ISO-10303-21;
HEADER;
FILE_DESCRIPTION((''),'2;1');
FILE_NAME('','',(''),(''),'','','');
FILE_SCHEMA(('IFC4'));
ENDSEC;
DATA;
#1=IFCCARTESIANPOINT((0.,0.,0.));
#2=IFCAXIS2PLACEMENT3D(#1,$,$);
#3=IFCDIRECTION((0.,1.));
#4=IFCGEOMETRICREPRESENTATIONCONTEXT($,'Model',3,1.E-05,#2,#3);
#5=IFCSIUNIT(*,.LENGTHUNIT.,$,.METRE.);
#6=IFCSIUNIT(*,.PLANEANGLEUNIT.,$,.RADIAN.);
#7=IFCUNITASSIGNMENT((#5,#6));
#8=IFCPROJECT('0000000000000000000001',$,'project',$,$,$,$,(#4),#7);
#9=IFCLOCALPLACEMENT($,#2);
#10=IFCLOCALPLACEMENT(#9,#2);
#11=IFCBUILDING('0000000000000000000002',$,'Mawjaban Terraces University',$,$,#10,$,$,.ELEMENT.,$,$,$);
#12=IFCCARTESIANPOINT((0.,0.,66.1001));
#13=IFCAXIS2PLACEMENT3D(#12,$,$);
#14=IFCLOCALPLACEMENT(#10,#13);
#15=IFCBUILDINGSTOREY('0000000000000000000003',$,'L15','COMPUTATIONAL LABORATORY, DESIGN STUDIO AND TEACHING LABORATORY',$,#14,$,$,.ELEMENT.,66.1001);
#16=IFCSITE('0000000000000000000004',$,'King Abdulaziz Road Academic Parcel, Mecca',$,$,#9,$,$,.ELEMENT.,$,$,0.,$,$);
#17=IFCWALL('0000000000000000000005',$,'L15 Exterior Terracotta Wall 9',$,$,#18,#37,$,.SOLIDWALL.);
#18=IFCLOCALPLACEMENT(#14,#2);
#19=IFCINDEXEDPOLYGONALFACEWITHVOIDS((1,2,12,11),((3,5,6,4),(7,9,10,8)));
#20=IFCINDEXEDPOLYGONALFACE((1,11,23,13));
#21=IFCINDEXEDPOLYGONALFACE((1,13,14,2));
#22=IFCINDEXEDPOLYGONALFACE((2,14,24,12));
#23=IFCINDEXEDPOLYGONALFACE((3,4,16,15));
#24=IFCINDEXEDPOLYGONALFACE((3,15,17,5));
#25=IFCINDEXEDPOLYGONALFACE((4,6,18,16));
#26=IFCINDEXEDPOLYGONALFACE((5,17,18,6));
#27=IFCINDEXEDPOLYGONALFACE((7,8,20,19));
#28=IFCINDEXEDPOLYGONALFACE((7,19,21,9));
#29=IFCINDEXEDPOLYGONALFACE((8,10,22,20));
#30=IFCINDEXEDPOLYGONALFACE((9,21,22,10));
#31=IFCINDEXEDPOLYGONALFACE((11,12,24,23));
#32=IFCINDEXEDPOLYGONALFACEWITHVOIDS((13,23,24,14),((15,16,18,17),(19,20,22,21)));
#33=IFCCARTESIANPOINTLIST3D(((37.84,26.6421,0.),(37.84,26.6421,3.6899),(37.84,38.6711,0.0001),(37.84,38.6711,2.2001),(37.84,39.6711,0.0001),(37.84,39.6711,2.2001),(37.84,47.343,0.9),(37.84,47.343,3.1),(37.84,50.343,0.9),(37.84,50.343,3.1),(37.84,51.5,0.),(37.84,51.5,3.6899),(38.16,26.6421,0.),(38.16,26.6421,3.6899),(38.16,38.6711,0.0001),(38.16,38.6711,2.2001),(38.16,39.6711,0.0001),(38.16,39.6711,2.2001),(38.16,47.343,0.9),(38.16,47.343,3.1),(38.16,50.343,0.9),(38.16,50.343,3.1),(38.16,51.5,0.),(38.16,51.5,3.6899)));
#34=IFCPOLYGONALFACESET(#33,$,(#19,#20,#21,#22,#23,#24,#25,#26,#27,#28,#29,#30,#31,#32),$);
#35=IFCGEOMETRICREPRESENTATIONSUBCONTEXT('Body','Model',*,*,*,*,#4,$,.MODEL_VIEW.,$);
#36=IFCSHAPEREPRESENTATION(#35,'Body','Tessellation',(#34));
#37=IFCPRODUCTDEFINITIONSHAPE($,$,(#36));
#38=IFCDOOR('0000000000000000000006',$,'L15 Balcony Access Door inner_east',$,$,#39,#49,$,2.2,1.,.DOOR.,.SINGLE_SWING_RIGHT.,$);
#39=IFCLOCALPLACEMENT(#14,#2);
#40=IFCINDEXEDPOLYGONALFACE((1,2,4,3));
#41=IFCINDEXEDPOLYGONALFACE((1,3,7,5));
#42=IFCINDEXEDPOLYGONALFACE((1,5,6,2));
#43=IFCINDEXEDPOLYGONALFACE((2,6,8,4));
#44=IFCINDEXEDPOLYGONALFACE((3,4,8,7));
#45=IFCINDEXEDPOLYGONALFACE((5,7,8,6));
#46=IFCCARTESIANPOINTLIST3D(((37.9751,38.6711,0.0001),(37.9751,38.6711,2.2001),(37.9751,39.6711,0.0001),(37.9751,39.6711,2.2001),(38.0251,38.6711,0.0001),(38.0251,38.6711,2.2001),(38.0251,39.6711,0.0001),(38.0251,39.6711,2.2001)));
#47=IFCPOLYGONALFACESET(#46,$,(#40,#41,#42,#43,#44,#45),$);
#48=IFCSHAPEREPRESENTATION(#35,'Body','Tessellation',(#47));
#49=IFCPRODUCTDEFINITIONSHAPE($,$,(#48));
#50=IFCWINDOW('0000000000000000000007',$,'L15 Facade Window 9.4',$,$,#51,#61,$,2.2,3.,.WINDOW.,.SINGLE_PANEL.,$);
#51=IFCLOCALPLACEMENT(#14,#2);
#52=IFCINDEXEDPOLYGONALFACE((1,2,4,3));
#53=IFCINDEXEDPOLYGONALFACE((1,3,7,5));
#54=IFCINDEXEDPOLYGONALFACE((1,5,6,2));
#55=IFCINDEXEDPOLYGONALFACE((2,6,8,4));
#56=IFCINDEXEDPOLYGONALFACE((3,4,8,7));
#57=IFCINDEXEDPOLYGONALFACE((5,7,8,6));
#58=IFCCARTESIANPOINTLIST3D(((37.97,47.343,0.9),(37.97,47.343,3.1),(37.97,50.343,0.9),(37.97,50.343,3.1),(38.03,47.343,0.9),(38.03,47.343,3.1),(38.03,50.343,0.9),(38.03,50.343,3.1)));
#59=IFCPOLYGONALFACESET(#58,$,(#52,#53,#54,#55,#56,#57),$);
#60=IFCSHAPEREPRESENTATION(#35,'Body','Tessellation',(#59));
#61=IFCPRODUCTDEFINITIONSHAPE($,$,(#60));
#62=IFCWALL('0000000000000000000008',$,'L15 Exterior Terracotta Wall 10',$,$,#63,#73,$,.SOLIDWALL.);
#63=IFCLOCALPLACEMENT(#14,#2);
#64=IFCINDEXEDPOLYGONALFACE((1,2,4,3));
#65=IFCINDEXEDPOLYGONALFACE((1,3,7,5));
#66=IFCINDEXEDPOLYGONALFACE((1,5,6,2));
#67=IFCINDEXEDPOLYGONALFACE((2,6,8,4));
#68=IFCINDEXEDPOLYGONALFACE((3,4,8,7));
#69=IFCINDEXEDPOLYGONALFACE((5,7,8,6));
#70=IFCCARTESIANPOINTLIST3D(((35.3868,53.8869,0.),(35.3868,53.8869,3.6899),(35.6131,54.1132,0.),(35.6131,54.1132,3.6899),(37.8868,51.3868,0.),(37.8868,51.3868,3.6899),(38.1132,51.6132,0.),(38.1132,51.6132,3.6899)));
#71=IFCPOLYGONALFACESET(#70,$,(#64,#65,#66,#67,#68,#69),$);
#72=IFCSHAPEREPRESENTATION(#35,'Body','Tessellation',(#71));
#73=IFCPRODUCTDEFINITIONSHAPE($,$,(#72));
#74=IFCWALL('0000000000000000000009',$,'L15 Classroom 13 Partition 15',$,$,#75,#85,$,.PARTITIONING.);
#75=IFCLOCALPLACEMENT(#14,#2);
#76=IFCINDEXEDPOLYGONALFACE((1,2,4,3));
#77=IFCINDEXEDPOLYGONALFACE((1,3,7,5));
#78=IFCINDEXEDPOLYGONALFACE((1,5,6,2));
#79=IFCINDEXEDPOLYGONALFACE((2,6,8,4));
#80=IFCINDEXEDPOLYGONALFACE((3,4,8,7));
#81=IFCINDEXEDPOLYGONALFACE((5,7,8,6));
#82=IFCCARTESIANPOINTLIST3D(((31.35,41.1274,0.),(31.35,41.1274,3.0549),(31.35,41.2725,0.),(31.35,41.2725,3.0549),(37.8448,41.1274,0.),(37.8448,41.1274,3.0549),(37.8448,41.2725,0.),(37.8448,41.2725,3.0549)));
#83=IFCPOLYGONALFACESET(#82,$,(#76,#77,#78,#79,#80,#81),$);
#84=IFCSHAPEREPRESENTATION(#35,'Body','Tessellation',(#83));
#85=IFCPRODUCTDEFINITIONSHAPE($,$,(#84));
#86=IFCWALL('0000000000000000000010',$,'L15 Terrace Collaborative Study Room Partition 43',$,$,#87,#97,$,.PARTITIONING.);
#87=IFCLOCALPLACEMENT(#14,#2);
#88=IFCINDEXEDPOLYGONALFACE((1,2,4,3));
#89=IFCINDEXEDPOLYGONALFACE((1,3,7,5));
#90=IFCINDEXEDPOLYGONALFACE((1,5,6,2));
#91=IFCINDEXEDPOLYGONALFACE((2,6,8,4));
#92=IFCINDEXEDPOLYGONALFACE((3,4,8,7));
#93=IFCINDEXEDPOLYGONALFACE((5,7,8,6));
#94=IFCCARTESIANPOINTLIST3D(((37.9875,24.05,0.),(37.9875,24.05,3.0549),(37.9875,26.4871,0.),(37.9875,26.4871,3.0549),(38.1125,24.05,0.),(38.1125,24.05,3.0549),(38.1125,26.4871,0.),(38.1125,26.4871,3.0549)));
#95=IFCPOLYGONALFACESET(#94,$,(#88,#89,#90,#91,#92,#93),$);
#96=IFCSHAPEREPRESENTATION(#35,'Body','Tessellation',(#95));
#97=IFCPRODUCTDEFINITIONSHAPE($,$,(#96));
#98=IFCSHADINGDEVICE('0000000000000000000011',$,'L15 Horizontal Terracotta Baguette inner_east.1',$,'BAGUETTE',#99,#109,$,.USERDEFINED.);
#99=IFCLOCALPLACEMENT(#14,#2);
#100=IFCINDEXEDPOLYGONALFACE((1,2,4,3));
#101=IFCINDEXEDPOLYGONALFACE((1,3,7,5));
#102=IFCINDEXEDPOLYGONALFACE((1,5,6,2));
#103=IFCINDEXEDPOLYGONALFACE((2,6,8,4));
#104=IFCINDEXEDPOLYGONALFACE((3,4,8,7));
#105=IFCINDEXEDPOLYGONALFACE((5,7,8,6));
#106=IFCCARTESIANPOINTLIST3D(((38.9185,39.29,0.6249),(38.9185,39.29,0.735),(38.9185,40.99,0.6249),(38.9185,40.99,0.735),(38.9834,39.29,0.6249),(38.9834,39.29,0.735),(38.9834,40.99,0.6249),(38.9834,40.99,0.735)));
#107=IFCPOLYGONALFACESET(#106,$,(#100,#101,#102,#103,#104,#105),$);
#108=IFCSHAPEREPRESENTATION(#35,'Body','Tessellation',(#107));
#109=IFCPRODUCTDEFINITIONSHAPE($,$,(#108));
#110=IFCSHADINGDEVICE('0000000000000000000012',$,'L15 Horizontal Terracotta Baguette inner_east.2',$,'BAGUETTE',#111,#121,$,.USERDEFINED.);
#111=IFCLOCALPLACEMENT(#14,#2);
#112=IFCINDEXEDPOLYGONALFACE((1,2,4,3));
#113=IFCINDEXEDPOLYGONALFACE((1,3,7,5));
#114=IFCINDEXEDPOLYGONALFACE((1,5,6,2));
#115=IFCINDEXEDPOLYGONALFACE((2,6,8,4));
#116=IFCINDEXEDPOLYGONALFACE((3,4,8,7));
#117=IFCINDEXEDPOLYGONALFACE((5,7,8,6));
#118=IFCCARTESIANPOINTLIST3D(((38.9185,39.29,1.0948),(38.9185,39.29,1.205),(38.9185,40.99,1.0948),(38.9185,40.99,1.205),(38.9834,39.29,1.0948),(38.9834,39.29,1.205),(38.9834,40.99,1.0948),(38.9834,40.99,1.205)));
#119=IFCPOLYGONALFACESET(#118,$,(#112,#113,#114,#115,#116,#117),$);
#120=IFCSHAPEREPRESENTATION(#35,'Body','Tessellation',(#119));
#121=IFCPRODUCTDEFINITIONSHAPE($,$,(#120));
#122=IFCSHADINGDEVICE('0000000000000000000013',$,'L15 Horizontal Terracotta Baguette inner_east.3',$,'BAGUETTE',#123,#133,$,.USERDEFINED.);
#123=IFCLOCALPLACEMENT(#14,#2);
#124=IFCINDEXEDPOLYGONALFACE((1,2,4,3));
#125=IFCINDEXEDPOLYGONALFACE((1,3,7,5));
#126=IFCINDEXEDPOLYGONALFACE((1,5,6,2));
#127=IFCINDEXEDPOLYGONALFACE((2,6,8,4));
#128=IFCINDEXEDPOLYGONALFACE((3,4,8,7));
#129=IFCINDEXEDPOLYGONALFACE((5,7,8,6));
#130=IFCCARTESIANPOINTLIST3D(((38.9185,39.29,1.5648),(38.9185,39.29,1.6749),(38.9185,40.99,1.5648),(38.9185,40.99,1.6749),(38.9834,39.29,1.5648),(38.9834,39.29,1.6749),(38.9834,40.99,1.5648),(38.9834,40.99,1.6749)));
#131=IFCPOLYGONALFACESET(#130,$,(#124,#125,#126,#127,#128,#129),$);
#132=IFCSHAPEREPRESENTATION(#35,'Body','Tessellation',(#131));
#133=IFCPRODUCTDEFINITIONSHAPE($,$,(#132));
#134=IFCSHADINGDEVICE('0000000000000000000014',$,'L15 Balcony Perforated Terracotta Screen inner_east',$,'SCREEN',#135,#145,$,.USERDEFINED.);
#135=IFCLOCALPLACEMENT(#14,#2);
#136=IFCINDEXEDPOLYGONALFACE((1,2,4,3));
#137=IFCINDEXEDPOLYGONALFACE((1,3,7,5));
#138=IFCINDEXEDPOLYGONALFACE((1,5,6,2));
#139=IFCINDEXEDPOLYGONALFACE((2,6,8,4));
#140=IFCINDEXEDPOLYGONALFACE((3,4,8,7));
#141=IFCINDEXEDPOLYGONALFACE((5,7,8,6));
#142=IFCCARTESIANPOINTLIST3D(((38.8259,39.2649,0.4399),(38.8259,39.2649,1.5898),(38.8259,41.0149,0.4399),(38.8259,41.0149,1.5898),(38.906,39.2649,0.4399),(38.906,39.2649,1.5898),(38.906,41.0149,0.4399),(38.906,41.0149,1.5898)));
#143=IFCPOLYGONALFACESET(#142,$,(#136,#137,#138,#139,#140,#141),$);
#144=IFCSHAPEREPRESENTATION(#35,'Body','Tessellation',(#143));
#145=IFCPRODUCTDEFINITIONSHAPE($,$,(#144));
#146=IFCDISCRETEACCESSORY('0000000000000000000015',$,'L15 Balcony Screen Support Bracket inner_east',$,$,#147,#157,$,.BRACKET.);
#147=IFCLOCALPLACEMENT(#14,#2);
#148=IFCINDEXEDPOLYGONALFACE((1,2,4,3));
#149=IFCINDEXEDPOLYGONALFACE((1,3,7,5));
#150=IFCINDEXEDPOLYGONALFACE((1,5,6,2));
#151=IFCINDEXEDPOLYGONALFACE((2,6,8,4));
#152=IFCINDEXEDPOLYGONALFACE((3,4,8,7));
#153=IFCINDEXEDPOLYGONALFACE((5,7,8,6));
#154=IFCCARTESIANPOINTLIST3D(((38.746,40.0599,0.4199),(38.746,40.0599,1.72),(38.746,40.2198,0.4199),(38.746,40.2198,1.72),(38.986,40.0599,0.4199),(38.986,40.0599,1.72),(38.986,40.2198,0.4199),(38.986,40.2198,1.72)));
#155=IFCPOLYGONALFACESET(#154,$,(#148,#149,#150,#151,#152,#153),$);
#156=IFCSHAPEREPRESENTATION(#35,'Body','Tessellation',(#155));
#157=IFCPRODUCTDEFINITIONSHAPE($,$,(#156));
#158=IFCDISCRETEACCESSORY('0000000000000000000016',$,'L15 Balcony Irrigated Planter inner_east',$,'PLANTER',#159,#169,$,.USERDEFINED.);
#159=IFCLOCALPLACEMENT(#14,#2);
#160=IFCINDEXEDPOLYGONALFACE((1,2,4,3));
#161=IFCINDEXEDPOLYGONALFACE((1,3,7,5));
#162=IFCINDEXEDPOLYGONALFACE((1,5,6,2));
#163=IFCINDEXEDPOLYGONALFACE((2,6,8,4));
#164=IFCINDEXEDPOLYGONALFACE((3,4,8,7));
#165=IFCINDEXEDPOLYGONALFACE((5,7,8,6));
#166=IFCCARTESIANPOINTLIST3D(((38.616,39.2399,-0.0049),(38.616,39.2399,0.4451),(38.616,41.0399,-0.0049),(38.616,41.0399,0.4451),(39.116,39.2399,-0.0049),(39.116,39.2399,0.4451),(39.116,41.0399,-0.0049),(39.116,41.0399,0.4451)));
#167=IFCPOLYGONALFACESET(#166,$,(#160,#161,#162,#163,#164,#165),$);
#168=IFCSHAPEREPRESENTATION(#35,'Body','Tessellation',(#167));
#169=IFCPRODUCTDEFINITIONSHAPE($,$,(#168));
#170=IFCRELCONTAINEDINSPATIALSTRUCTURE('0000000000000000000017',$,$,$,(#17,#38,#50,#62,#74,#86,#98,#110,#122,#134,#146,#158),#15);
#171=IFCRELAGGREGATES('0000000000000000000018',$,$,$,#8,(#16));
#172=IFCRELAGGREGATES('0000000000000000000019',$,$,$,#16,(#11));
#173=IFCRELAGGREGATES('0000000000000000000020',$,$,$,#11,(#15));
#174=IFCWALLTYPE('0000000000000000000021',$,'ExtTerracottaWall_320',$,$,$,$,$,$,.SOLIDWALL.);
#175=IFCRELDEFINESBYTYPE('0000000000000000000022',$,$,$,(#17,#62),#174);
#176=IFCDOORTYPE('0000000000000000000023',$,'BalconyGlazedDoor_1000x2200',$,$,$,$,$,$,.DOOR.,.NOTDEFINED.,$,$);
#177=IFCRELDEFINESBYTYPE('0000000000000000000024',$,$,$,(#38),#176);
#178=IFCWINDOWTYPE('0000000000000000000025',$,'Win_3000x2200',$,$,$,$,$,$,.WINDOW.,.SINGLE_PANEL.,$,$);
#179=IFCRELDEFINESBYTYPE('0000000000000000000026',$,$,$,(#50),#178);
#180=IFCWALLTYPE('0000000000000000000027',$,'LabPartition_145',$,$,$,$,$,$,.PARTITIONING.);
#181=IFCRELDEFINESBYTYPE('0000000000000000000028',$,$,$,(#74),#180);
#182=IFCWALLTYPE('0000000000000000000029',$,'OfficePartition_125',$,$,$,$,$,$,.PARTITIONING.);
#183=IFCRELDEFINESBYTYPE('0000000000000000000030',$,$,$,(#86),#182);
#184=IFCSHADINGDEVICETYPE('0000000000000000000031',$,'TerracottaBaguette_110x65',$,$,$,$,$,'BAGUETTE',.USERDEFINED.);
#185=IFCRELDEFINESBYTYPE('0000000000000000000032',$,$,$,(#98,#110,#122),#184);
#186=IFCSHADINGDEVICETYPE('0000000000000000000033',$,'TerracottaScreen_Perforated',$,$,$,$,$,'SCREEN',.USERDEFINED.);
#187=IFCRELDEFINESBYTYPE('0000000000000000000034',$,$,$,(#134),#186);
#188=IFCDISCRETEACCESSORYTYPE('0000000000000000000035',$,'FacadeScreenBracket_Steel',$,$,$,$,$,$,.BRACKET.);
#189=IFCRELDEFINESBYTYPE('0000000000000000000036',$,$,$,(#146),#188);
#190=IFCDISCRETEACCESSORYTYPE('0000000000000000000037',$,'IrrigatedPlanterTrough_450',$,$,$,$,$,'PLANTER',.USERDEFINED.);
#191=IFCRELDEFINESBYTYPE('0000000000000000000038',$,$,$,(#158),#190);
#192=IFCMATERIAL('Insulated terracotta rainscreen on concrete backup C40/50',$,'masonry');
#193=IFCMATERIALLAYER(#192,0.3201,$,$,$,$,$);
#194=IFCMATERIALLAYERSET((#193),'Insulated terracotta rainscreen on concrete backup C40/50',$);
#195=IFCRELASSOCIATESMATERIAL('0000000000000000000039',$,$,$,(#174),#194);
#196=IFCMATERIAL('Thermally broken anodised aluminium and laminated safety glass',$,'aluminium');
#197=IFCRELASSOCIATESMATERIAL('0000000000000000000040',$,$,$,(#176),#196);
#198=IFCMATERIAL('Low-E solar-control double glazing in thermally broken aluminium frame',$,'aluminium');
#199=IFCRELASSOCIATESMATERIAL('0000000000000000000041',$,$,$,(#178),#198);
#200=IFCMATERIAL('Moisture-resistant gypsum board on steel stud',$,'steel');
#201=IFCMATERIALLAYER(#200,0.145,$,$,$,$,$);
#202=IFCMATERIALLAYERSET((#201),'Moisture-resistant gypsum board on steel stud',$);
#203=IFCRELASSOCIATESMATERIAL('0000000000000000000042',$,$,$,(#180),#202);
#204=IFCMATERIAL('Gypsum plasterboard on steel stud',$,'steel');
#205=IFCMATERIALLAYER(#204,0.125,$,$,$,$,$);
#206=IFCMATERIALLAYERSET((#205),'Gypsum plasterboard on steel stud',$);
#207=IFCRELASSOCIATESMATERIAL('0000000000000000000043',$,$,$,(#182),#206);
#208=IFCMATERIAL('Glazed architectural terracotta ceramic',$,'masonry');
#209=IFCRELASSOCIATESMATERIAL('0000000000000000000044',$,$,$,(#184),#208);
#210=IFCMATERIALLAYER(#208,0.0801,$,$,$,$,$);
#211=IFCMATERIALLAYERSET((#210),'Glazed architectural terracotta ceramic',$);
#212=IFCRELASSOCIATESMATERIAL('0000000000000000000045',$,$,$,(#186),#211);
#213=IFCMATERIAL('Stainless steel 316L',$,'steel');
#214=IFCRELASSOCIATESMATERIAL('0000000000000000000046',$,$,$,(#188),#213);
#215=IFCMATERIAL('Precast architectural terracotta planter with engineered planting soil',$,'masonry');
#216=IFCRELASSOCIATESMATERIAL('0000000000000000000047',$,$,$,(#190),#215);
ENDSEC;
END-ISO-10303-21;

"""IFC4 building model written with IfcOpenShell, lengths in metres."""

from ifc_helpers import new_model, si_unit, direction, frame, frame_2d, origin, origin_2d, place, context, subcontext, project, spatial, rectangle, extrude, material, layer, layer_set, material_profile, profile_set, type_object, element, fill, save


model = new_model("IFC4")

# Units and contexts
model_context = context("Model", 3, precision=1e-05, world=origin(), true_north=direction((0.0, 1.0)))
body_context = subcontext(model_context, "Body", "Model", "MODEL_VIEW")
ifc_project = project(units=[si_unit("LENGTHUNIT", "METRE"), si_unit("PLANEANGLEUNIT", "RADIAN")], contexts=[model_context])

# Site, building, storey
site_placement = place(None, origin())
site = spatial("IfcSite", under=ifc_project, at=site_placement, Name="King Abdulaziz Road Academic Parcel, Mecca", CompositionType="ELEMENT", RefElevation=0.0)
building_placement = place(site_placement, origin())
building = spatial("IfcBuilding", under=site, at=building_placement, Name="Mawjaban Terraces University", CompositionType="ELEMENT")
storey_placement = place(building_placement, frame((0.0, 0.0, 66.1001)))
storey = spatial("IfcBuildingStorey", under=building, at=storey_placement, Name="L15", Description="COMPUTATIONAL LABORATORY, DESIGN STUDIO AND TEACHING LABORATORY", CompositionType="ELEMENT", Elevation=66.1001)

# Wall, openings, door, window
ifc_material_1 = material(Name="Insulated terracotta rainscreen on concrete backup C40/50", Category="masonry")
ifc_layer_1 = layer(ifc_material_1, 0.3201)
ifc_layer_set_1 = layer_set([ifc_layer_1], Name="Insulated terracotta rainscreen on concrete backup C40/50")
wall_type_1 = type_object("IfcWallType", Name="ExtTerracottaWall_320", PredefinedType="SOLIDWALL", material=ifc_layer_set_1)
wall_1_placement = place(storey_placement, frame((38.0, 26.6421, 0.0), z_axis=(0.0, 0.0, 1.0), x_axis=(0.0, 1.0, 0.0)))
wall_1 = element("IfcWall", 1, at=wall_1_placement, inside=storey, type_object=wall_type_1, Name="L15 Exterior Terracotta Wall 9", PredefinedType="SOLIDWALL", context=body_context, shape_type="SweptSolid", body=[
    extrude(rectangle(XDim=24.8579, YDim=0.3201, at=frame_2d((12.429, 0.0))), origin(), (0.0, 0.0, 1.0), 3.6899),
])
opening_1_placement = place(wall_1_placement, frame((12.0291, 0.0, 0.0)))
opening_1 = element("IfcOpeningElement", 2, at=opening_1_placement, cuts=wall_1, PredefinedType="OPENING", context=body_context, shape_type="SweptSolid", body=[
    extrude(rectangle(XDim=1.0, YDim=2.2, at=frame_2d((0.5, 1.1001))), frame((0.0, 0.1699, 0.0), z_axis=(0.0, -1.0, 0.0), x_axis=(1.0, 0.0, 0.0)), (0.0, 0.0, 1.0), 0.3401),
])
opening_2_placement = place(wall_1_placement, frame((20.7009, 0.0, 0.8999)))
opening_2 = element("IfcOpeningElement", 3, at=opening_2_placement, cuts=wall_1, PredefinedType="OPENING", context=body_context, shape_type="SweptSolid", body=[
    extrude(rectangle(XDim=3.0, YDim=2.2, at=frame_2d((1.5, 1.1001))), frame((0.0, 0.1699, 0.0), z_axis=(0.0, -1.0, 0.0), x_axis=(1.0, 0.0, 0.0)), (0.0, 0.0, 1.0), 0.3401),
])
ifc_material_2 = material(Name="Thermally broken anodised aluminium and laminated safety glass", Category="aluminium")
door_type = type_object("IfcDoorType", Name="BalconyGlazedDoor_1000x2200", OperationType="NOTDEFINED", PredefinedType="DOOR", material=ifc_material_2)
door_placement = place(opening_1_placement, origin())
door = element("IfcDoor", 4, at=door_placement, inside=storey, type_object=door_type, Name="L15 Balcony Access Door inner_east", OperationType="SINGLE_SWING_RIGHT", OverallHeight=2.2, OverallWidth=1.0, PredefinedType="DOOR", context=body_context, shape_type="SweptSolid", body=[
    extrude(rectangle(XDim=1.0, YDim=2.2, at=frame_2d((0.5, 1.1001))), frame((0.0, 0.0249, 0.0), z_axis=(0.0, -1.0, 0.0), x_axis=(1.0, 0.0, 0.0)), (0.0, 0.0, 1.0), 0.05),
])
fill(opening_1, door)
ifc_material_3 = material(Name="Low-E solar-control double glazing in thermally broken aluminium frame", Category="aluminium")
window_type = type_object("IfcWindowType", Name="Win_3000x2200", PartitioningType="SINGLE_PANEL", PredefinedType="WINDOW", material=ifc_material_3)
window_placement = place(opening_2_placement, origin())
window = element("IfcWindow", 5, at=window_placement, inside=storey, type_object=window_type, Name="L15 Facade Window 9.4", OverallHeight=2.2, OverallWidth=3.0, PartitioningType="SINGLE_PANEL", PredefinedType="WINDOW", context=body_context, shape_type="SweptSolid", body=[
    extrude(rectangle(XDim=3.0, YDim=2.2, at=frame_2d((1.5, 1.1001))), frame((0.0, 0.03, 0.0), z_axis=(0.0, -1.0, 0.0), x_axis=(1.0, 0.0, 0.0)), (0.0, 0.0, 1.0), 0.0601),
])
fill(opening_2, window)

# Walls
wall_2_placement = place(storey_placement, frame((38.0, 51.5, 0.0), z_axis=(0.0, 0.0, 1.0), x_axis=(-0.707107, 0.707107, 0.0)))
element("IfcWall", 6, at=wall_2_placement, inside=storey, type_object=wall_type_1, Name="L15 Exterior Terracotta Wall 10", PredefinedType="SOLIDWALL", context=body_context, shape_type="SweptSolid", body=[
    extrude(rectangle(XDim=3.5356, YDim=0.3201, at=frame_2d((1.7678, 0.0))), origin(), (0.0, 0.0, 1.0), 3.6899),
])
ifc_material_4 = material(Name="Moisture-resistant gypsum board on steel stud", Category="steel")
ifc_layer_2 = layer(ifc_material_4, 0.145)
ifc_layer_set_2 = layer_set([ifc_layer_2], Name="Moisture-resistant gypsum board on steel stud")
wall_type_2 = type_object("IfcWallType", Name="LabPartition_145", PredefinedType="PARTITIONING", material=ifc_layer_set_2)
wall_3_placement = place(storey_placement, frame((37.845, 41.2, 0.0), z_axis=(0.0, 0.0, 1.0), x_axis=(-1.0, 0.0, 0.0)))
element("IfcWall", 7, at=wall_3_placement, inside=storey, type_object=wall_type_2, Name="L15 Classroom 13 Partition 15", PredefinedType="PARTITIONING", context=body_context, shape_type="SweptSolid", body=[
    extrude(rectangle(XDim=6.4949, YDim=0.145, at=frame_2d((3.2476, 0.0))), origin(), (0.0, 0.0, 1.0), 3.0549),
])
ifc_material_5 = material(Name="Gypsum plasterboard on steel stud", Category="steel")
ifc_layer_3 = layer(ifc_material_5, 0.125)
ifc_layer_set_3 = layer_set([ifc_layer_3], Name="Gypsum plasterboard on steel stud")
wall_type_3 = type_object("IfcWallType", Name="OfficePartition_125", PredefinedType="PARTITIONING", material=ifc_layer_set_3)
wall_4_placement = place(storey_placement, frame((38.05, 26.4871, 0.0), z_axis=(0.0, 0.0, 1.0), x_axis=(0.0, -1.0, 0.0)))
element("IfcWall", 8, at=wall_4_placement, inside=storey, type_object=wall_type_3, Name="L15 Terrace Collaborative Study Room Partition 43", PredefinedType="PARTITIONING", context=body_context, shape_type="SweptSolid", body=[
    extrude(rectangle(XDim=2.437, YDim=0.125, at=frame_2d((1.2185, 0.0))), origin(), (0.0, 0.0, 1.0), 3.0549),
])

# Shading devices
ifc_material_6 = material(Name="Glazed architectural terracotta ceramic", Category="masonry")
ifc_material_profile_1 = material_profile(ifc_material_6, rectangle(XDim=0.0649, YDim=0.1101, at=origin_2d()), Name="TBAG110X65")
ifc_profile_set_1 = profile_set([ifc_material_profile_1], Name="Glazed architectural terracotta ceramic")
shading_device_type_1 = type_object("IfcShadingDeviceType", Name="TerracottaBaguette_110x65", ElementType="BAGUETTE", PredefinedType="USERDEFINED", material=ifc_profile_set_1)
for number, where, z_axis, x_axis, name in (
    (9, (38.9509, 39.29, 0.6799), (0.0, 1.0, 0.0), (-1.0, 0.0, 0.0), "L15 Horizontal Terracotta Baguette inner_east.1"),
    (10, (38.9509, 39.29, 1.1499), (0.0, 1.0, 0.0), (-1.0, 0.0, 0.0), "L15 Horizontal Terracotta Baguette inner_east.2"),
    (11, (38.9509, 39.29, 1.6199), (0.0, 1.0, 0.0), (-1.0, 0.0, 0.0), "L15 Horizontal Terracotta Baguette inner_east.3"),
):
    element("IfcShadingDevice", number, at=place(storey_placement, frame(where, z_axis=z_axis, x_axis=x_axis)), inside=storey, type_object=shading_device_type_1, Name=name, ObjectType="BAGUETTE", PredefinedType="USERDEFINED", context=body_context, shape_type="SweptSolid", body=[
        extrude(rectangle(XDim=0.0649, YDim=0.1101, at=origin_2d()), origin(), (0.0, 0.0, 1.0), 1.7),
    ])
ifc_layer_4 = layer(ifc_material_6, 0.0801)
ifc_layer_set_4 = layer_set([ifc_layer_4], Name="Glazed architectural terracotta ceramic")
shading_device_type_2 = type_object("IfcShadingDeviceType", Name="TerracottaScreen_Perforated", ElementType="SCREEN", PredefinedType="USERDEFINED", material=ifc_layer_set_4)
shading_device_placement = place(storey_placement, frame((38.866, 40.1399, 0.4399), z_axis=(0.0, 0.0, 1.0), x_axis=(0.0, 1.0, 0.0)))
element("IfcShadingDevice", 12, at=shading_device_placement, inside=storey, type_object=shading_device_type_2, Name="L15 Balcony Perforated Terracotta Screen inner_east", ObjectType="SCREEN", PredefinedType="USERDEFINED", context=body_context, shape_type="SweptSolid", body=[
    extrude(rectangle(XDim=1.75, YDim=0.0801, at=origin_2d()), origin(), (0.0, 0.0, 1.0), 1.1499),
])

# Discrete accessories
ifc_material_7 = material(Name="Stainless steel 316L", Category="steel")
discrete_accessory_type_1 = type_object("IfcDiscreteAccessoryType", Name="FacadeScreenBracket_Steel", PredefinedType="BRACKET", material=ifc_material_7)
discrete_accessory_1_placement = place(storey_placement, frame((38.866, 40.1399, 0.4199), z_axis=(0.0, 0.0, 1.0), x_axis=(0.0, 1.0, 0.0)))
element("IfcDiscreteAccessory", 13, at=discrete_accessory_1_placement, inside=storey, type_object=discrete_accessory_type_1, Name="L15 Balcony Screen Support Bracket inner_east", PredefinedType="BRACKET", context=body_context, shape_type="SweptSolid", body=[
    extrude(rectangle(XDim=0.1599, YDim=0.24, at=origin_2d()), origin(), (0.0, 0.0, 1.0), 1.3),
])
ifc_material_8 = material(Name="Precast architectural terracotta planter with engineered planting soil", Category="masonry")
discrete_accessory_type_2 = type_object("IfcDiscreteAccessoryType", Name="IrrigatedPlanterTrough_450", ElementType="PLANTER", PredefinedType="USERDEFINED", material=ifc_material_8)
discrete_accessory_2_placement = place(storey_placement, frame((38.866, 40.1399, -0.0049), z_axis=(0.0, 0.0, 1.0), x_axis=(0.0, 1.0, 0.0)))
element("IfcDiscreteAccessory", 14, at=discrete_accessory_2_placement, inside=storey, type_object=discrete_accessory_type_2, Name="L15 Balcony Irrigated Planter inner_east", ObjectType="PLANTER", PredefinedType="USERDEFINED", context=body_context, shape_type="SweptSolid", body=[
    extrude(rectangle(XDim=1.8, YDim=0.5, at=origin_2d()), origin(), (0.0, 0.0, 1.0), 0.45),
])

save(model, "model.ifc")
